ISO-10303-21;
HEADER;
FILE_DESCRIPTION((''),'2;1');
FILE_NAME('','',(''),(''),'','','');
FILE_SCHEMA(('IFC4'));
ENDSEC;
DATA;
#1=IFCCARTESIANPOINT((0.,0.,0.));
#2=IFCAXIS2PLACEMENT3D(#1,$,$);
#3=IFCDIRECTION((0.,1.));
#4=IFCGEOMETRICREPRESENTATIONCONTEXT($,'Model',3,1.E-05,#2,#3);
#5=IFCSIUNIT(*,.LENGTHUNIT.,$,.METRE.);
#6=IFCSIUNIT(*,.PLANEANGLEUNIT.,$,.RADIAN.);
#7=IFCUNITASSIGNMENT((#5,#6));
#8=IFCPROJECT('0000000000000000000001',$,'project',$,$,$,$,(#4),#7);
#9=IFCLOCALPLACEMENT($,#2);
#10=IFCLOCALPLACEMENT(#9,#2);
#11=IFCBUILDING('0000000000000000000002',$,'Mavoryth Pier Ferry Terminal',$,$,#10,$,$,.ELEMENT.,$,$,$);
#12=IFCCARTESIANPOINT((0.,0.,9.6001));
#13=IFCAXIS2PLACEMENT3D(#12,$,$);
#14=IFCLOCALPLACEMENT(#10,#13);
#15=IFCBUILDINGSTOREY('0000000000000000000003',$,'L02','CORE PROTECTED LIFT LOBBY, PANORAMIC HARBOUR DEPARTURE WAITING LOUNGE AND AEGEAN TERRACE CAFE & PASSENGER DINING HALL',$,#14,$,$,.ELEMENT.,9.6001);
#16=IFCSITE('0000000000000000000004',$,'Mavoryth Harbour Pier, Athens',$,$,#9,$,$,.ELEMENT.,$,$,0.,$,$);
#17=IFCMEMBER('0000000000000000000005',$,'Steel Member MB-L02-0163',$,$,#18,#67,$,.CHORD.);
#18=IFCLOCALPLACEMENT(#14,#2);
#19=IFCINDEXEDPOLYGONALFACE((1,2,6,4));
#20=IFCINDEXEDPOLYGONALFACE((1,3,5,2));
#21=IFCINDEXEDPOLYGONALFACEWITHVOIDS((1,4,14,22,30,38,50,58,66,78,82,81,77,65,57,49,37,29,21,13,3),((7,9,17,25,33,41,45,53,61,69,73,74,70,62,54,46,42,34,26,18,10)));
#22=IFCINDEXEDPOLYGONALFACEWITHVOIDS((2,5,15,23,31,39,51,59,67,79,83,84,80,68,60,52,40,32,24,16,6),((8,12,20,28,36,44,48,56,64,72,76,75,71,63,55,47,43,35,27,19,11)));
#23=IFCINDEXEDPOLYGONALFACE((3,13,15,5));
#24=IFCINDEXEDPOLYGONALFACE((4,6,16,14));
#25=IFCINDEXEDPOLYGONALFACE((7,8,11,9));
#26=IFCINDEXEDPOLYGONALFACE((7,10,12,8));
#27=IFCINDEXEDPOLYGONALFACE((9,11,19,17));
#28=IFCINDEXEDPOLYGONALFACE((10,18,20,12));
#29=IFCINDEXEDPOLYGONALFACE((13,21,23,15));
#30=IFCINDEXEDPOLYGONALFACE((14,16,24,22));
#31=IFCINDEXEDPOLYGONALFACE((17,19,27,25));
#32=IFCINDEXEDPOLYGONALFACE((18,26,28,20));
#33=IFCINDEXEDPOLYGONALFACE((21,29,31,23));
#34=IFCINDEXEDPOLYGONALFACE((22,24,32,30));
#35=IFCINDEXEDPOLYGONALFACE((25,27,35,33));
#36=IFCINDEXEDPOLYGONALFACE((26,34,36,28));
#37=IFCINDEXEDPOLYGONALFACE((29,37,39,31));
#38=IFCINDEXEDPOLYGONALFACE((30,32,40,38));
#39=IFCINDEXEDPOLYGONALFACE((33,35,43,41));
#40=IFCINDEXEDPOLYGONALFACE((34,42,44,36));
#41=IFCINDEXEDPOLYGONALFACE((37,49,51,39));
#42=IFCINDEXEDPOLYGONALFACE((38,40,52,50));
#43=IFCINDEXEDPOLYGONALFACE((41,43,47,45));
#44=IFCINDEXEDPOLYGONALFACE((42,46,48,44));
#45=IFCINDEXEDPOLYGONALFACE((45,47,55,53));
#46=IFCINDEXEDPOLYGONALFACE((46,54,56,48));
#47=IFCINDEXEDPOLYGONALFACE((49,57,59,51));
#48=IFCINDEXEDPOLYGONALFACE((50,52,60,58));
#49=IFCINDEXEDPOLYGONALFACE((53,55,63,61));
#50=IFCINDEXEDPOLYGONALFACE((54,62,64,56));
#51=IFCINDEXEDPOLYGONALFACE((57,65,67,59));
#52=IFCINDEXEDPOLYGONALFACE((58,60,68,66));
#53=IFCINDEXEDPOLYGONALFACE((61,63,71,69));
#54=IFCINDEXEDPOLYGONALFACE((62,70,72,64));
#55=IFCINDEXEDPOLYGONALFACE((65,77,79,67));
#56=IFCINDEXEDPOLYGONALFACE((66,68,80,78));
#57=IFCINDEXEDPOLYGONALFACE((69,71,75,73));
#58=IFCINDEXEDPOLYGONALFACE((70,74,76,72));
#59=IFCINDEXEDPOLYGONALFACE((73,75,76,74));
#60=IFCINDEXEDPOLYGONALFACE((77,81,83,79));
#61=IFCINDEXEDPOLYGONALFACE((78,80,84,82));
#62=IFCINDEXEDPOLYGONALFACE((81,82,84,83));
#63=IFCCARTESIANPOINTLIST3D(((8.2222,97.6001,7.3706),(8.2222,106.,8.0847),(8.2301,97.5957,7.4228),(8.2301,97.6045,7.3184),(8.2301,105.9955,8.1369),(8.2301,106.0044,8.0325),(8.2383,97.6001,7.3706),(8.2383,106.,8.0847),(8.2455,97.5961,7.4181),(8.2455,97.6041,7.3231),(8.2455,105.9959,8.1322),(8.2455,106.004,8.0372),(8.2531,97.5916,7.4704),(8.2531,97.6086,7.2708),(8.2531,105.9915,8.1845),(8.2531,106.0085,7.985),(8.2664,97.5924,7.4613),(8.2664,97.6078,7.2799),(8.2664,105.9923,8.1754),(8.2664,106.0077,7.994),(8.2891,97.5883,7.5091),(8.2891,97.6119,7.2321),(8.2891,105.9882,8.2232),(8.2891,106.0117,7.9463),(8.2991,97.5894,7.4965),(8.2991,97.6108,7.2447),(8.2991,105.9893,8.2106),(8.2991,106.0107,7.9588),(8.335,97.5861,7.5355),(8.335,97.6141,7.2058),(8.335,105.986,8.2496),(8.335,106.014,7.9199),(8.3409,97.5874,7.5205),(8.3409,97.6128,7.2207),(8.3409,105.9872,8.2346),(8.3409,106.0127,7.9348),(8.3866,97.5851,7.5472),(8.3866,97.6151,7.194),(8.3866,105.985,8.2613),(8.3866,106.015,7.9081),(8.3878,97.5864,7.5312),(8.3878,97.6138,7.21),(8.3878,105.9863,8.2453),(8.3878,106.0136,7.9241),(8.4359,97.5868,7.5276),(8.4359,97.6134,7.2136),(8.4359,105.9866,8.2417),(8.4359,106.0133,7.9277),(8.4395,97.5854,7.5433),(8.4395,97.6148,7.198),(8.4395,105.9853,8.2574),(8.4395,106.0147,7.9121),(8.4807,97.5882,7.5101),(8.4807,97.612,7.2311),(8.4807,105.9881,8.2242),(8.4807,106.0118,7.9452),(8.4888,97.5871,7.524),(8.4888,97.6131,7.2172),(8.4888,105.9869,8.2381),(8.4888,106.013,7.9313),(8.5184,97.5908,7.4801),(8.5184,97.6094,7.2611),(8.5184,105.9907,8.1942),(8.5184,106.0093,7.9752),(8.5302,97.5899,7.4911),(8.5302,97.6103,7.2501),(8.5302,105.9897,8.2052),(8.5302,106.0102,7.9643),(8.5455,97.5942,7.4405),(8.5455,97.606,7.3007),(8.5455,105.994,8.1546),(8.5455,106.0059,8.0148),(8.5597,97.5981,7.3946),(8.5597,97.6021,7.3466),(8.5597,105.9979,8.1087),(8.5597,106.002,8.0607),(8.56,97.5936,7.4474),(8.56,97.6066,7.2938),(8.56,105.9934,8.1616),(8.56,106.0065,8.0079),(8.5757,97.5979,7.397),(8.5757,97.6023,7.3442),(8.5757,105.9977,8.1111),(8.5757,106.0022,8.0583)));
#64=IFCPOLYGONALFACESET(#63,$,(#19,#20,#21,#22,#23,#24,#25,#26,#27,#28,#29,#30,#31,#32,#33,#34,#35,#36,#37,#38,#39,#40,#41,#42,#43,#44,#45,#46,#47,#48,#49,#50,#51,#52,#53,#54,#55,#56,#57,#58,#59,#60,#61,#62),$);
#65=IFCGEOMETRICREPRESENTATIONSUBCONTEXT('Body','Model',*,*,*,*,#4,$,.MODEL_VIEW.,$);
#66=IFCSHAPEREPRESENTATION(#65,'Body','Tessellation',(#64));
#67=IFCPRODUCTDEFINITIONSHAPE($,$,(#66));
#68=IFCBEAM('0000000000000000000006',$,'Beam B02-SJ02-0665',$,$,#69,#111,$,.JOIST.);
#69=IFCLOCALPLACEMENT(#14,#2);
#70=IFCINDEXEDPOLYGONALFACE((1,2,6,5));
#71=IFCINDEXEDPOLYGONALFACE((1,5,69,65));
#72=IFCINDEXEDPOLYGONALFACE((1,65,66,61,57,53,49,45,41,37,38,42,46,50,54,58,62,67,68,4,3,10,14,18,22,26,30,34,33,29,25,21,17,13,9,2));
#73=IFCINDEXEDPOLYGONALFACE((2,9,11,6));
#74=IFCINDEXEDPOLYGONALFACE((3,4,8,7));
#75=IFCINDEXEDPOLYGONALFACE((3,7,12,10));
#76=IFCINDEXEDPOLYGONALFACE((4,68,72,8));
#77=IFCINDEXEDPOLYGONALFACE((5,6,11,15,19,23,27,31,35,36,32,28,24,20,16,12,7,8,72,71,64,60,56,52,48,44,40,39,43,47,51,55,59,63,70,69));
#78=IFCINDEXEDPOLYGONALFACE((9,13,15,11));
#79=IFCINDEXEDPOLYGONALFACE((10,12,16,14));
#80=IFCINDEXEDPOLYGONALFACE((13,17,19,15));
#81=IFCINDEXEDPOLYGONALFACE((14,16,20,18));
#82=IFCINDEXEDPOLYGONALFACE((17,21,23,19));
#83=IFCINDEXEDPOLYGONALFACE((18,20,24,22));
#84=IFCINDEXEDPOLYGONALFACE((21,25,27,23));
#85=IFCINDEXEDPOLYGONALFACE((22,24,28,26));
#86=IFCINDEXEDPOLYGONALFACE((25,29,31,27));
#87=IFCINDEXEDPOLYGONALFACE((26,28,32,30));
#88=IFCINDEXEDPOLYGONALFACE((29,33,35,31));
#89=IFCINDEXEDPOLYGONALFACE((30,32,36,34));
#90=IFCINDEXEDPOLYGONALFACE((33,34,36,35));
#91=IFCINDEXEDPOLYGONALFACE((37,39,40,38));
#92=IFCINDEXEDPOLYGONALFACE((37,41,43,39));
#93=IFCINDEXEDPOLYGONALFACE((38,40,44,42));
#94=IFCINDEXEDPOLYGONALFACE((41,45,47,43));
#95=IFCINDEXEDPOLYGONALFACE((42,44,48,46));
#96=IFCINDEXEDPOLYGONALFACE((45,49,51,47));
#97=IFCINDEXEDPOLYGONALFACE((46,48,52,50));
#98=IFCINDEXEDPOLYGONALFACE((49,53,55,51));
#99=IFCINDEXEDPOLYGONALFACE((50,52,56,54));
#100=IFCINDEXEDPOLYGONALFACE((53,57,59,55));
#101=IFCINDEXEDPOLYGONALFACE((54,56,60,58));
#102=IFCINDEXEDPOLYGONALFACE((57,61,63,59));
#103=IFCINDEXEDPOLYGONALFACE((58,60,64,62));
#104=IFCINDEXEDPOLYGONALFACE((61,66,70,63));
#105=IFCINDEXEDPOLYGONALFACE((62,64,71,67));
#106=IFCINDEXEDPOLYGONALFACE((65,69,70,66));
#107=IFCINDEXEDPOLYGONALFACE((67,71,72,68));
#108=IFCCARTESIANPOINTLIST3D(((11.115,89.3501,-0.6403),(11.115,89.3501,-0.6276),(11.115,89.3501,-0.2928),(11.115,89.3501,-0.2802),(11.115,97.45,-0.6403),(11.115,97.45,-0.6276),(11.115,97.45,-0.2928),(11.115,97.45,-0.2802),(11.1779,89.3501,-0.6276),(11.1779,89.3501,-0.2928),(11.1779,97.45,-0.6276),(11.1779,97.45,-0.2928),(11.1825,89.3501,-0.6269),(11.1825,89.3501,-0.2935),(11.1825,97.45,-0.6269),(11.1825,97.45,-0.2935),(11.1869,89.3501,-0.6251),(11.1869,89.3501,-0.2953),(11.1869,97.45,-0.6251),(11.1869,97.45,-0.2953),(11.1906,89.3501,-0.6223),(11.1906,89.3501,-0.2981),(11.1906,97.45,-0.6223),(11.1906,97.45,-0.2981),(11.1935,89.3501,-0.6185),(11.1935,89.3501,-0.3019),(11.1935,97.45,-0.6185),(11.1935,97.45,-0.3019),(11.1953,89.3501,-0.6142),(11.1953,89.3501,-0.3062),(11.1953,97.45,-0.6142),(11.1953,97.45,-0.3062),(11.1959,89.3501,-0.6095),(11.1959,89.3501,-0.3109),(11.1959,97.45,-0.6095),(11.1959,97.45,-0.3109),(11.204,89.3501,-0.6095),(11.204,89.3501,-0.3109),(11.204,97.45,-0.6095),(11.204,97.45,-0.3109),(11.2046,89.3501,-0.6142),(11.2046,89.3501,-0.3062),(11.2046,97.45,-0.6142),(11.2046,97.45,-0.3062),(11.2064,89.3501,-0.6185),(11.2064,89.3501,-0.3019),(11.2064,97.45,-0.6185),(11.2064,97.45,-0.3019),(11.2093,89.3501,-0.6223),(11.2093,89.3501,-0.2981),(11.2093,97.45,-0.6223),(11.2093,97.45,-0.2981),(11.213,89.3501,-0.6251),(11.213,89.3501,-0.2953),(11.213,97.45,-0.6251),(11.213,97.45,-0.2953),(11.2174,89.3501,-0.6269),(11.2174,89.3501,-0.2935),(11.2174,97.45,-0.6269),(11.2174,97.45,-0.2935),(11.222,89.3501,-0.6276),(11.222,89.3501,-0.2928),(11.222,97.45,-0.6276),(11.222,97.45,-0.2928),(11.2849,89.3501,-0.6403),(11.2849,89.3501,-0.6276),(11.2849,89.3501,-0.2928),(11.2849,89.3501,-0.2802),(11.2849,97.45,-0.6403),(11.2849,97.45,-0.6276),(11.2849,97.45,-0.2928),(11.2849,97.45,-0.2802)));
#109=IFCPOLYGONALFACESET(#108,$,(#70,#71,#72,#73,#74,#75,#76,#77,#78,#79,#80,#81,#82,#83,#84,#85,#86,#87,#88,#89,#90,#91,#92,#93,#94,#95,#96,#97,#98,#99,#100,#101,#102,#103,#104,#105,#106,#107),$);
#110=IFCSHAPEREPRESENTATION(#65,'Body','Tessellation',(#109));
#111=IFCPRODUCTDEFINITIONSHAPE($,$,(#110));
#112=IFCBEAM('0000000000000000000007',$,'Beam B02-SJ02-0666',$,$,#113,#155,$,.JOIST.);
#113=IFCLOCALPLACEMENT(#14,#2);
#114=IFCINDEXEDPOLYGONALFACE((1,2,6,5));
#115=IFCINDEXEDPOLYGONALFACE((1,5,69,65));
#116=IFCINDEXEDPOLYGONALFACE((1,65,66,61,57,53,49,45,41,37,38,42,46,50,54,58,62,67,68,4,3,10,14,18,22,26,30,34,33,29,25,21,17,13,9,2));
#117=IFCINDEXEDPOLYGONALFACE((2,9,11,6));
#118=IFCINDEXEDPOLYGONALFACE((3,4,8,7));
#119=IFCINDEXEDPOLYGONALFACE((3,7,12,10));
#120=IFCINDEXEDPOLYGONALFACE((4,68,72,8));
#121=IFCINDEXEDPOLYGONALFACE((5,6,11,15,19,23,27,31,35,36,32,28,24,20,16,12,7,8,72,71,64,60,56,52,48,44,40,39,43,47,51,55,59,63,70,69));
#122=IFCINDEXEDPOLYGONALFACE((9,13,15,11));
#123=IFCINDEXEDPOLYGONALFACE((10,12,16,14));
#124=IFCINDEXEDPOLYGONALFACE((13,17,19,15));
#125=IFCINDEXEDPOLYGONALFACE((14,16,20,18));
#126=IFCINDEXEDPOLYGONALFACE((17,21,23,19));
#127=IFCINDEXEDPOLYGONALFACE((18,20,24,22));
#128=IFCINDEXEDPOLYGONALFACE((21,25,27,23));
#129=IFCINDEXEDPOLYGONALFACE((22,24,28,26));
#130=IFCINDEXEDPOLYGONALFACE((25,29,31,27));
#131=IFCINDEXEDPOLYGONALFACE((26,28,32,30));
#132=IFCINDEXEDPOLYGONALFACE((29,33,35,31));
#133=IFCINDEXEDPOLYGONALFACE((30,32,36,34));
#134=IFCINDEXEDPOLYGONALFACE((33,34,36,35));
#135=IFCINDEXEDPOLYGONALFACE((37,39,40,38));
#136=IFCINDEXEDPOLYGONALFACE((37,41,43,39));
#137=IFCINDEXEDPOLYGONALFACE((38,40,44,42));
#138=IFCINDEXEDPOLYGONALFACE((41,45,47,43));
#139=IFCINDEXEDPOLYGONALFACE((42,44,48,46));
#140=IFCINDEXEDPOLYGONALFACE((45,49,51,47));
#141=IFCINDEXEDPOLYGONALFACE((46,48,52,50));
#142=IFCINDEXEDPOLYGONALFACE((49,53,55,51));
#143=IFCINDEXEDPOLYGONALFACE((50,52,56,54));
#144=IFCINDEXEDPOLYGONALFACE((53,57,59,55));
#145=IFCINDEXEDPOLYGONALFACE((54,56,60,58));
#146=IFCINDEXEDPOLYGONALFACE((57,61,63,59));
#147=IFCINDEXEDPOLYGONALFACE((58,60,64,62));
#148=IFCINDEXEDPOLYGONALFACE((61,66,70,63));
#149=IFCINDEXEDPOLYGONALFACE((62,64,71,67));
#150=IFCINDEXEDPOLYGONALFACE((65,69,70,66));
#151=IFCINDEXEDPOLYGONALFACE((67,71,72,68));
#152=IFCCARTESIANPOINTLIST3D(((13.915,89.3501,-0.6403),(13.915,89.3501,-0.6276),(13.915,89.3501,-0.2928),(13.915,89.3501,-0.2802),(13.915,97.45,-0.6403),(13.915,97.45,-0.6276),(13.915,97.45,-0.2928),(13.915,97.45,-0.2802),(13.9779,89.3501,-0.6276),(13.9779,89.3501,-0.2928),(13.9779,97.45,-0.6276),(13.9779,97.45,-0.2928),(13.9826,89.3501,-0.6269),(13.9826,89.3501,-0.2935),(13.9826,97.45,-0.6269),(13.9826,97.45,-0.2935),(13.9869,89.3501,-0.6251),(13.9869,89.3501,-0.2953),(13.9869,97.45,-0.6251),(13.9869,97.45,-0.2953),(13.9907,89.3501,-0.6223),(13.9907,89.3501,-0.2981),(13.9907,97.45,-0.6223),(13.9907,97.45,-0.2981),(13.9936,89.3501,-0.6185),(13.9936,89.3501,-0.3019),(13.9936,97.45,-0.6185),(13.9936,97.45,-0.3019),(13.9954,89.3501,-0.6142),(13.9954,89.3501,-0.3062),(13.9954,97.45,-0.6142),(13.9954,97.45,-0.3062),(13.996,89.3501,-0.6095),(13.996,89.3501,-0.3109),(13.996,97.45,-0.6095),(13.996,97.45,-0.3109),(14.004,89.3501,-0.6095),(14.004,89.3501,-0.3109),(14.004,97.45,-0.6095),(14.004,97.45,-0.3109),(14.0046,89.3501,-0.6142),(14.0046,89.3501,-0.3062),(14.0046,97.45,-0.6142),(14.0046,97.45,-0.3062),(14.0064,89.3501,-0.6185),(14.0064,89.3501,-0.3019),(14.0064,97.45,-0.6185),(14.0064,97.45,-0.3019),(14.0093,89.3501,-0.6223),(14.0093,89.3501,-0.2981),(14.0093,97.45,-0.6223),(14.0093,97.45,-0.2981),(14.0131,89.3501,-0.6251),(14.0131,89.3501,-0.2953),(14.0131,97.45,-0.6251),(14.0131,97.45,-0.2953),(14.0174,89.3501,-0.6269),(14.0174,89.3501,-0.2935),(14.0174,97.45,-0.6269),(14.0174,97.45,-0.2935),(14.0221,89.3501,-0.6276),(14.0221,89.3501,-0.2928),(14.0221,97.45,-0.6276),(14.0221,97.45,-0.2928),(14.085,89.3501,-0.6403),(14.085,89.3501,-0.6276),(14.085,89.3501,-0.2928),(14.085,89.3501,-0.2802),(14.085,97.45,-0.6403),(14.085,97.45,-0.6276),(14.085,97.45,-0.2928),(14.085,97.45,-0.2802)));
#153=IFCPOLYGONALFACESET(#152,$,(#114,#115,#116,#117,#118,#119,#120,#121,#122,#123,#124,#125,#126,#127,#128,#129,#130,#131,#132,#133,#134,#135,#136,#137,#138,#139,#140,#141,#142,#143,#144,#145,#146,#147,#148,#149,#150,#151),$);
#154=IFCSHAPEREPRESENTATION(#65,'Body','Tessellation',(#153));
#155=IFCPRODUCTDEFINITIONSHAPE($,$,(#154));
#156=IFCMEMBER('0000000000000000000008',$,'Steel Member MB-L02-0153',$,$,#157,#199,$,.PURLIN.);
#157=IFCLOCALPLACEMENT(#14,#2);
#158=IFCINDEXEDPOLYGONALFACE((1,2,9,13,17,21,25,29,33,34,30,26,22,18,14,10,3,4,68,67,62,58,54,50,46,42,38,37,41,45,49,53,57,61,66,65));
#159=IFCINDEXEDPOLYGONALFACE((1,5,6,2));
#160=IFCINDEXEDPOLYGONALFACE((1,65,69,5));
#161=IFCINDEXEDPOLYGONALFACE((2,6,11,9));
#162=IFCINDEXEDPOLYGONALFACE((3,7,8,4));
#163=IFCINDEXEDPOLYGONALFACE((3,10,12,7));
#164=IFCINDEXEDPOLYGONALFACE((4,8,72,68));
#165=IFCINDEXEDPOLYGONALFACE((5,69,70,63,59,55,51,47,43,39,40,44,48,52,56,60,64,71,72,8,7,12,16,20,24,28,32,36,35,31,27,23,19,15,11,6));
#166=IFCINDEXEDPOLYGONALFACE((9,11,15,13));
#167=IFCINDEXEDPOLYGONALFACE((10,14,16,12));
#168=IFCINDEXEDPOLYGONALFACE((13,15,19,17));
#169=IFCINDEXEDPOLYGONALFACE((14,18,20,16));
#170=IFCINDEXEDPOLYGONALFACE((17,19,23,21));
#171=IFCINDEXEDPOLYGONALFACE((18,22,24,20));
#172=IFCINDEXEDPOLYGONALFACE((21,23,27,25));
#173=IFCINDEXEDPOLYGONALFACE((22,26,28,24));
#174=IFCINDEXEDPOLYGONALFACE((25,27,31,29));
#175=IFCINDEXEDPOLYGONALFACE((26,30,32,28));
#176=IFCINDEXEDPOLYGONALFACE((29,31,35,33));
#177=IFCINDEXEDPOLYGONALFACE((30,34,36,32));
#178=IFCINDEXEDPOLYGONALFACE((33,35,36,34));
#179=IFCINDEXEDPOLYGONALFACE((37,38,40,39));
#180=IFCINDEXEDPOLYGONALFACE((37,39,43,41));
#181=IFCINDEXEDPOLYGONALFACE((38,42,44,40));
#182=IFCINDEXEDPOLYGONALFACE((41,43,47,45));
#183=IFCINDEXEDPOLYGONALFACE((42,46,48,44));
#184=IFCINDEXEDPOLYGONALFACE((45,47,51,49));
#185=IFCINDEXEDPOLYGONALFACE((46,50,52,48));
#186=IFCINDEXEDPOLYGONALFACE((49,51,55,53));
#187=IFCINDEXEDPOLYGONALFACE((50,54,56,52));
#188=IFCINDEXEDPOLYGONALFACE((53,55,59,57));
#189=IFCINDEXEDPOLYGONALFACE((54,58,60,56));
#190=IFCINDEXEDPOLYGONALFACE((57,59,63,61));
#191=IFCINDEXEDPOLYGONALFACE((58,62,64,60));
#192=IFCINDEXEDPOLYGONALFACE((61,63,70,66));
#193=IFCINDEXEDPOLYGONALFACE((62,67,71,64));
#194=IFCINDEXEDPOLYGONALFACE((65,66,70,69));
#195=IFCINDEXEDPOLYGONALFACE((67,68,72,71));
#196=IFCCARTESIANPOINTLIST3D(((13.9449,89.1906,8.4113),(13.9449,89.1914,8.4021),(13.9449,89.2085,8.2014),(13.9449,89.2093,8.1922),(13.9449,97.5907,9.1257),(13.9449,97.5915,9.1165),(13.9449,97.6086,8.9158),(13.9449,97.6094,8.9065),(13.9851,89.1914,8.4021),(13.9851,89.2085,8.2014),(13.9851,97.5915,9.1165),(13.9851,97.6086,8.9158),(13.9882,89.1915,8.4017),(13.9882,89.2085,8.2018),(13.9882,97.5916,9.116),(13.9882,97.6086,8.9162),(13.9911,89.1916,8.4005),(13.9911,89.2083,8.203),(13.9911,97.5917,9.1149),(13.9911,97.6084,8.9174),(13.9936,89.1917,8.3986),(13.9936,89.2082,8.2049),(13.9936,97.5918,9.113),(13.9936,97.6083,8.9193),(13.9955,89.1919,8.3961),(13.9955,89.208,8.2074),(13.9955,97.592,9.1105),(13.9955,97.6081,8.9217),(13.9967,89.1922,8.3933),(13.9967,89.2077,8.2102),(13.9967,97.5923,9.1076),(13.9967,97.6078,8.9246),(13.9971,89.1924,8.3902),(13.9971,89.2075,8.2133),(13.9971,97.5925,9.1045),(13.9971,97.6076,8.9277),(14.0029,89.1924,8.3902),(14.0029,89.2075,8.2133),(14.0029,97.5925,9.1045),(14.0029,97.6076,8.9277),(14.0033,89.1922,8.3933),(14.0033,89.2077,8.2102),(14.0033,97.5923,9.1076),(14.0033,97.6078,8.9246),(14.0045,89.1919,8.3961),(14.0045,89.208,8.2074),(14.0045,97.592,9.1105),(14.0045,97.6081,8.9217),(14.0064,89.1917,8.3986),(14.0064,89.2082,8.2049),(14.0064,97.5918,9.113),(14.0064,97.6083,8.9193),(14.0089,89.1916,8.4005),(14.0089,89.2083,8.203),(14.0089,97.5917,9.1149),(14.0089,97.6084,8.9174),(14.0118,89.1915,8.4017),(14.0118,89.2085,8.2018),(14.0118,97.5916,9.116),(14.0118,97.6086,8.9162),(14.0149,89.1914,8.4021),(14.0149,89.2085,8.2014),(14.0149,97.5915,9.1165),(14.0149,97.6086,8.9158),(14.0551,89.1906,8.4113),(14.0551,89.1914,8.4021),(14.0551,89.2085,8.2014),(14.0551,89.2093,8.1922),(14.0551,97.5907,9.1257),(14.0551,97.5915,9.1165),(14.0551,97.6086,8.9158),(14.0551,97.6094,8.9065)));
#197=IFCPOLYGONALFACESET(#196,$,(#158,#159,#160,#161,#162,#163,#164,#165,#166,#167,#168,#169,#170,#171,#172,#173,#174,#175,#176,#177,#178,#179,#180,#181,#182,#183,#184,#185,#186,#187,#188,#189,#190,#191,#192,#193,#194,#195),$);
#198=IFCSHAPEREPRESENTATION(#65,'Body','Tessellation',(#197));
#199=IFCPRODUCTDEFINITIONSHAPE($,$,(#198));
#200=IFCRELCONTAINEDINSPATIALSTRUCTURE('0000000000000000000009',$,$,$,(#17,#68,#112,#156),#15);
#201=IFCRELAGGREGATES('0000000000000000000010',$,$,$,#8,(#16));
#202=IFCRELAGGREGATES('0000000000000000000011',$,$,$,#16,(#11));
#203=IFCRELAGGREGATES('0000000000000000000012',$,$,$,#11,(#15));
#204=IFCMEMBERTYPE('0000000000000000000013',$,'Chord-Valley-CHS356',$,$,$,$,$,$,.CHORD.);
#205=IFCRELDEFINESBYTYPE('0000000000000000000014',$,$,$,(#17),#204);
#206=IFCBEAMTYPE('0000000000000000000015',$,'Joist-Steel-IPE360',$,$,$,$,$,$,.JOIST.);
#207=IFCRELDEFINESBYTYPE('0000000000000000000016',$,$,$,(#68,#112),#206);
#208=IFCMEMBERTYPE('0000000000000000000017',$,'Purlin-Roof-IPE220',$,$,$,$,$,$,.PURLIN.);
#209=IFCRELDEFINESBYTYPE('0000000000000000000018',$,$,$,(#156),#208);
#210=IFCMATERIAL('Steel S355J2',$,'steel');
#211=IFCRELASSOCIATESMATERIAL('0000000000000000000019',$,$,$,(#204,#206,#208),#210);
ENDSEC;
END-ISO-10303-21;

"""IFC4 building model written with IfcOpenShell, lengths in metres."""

from ifc_helpers import new_model, si_unit, direction, frame, origin, origin_2d, place, context, subcontext, project, spatial, hollow_circle, i_section, extrude, material, material_profile, profile_set, type_object, element, save


model = new_model("IFC4")

# Units and contexts
model_context = context("Model", 3, precision=1e-05, world=origin(), true_north=direction((0.0, 1.0)))
body_context = subcontext(model_context, "Body", "Model", "MODEL_VIEW")
ifc_project = project(units=[si_unit("LENGTHUNIT", "METRE"), si_unit("PLANEANGLEUNIT", "RADIAN")], contexts=[model_context])

# Site, building, storey
site_placement = place(None, origin())
site = spatial("IfcSite", under=ifc_project, at=site_placement, Name="Mavoryth Harbour Pier, Athens", CompositionType="ELEMENT", RefElevation=0.0)
building_placement = place(site_placement, origin())
building = spatial("IfcBuilding", under=site, at=building_placement, Name="Mavoryth Pier Ferry Terminal", CompositionType="ELEMENT")
storey_placement = place(building_placement, frame((0.0, 0.0, 9.6001)))
storey = spatial("IfcBuildingStorey", under=building, at=storey_placement, Name="L02", Description="CORE PROTECTED LIFT LOBBY, PANORAMIC HARBOUR DEPARTURE WAITING LOUNGE AND AEGEAN TERRACE CAFE & PASSENGER DINING HALL", CompositionType="ELEMENT", Elevation=9.6001)

# Shared definitions
ifc_material_1 = material(Name="Steel S355J2", Category="steel")

# Member
ifc_material_profile_1 = material_profile(ifc_material_1, hollow_circle(Radius=0.1777, WallThickness=0.0161, at=origin_2d()), Name="CHS 355.6x16.0", Category="steel")
ifc_profile_set_1 = profile_set([ifc_material_profile_1], Name="Steel S355J2 - CHS 355.6x16.0")
member_type_1 = type_object("IfcMemberType", Name="Chord-Valley-CHS356", PredefinedType="CHORD", material=ifc_profile_set_1)
member_1_placement = place(storey_placement, frame((8.3999, 97.6001, 7.3706), z_axis=(0.0, 0.996406, 0.084709), x_axis=(-1.0, 0.0, 0.0)))
element("IfcMember", 1, at=member_1_placement, inside=storey, type_object=member_type_1, Name="Steel Member MB-L02-0163", PredefinedType="CHORD", context=body_context, shape_type="SweptSolid", body=[
    extrude(hollow_circle(Radius=0.1777, WallThickness=0.0161, at=origin_2d()), origin(), (0.0, 0.0, 1.0), 8.4302),
])

# Beams
ifc_material_profile_2 = material_profile(ifc_material_1, i_section(OverallWidth=0.1699, OverallDepth=0.3601, WebThickness=0.0081, FlangeThickness=0.0127, FilletRadius=0.0181, at=origin_2d()), Name="IPE 360", Category="steel")
ifc_profile_set_2 = profile_set([ifc_material_profile_2], Name="Steel S355J2 - IPE 360")
beam_type_1 = type_object("IfcBeamType", Name="Joist-Steel-IPE360", PredefinedType="JOIST", material=ifc_profile_set_2)
for number, where, z_axis, x_axis, name in (
    (2, (11.2, 89.3501, -0.4602), (0.0, 1.0, 0.0), (-1.0, 0.0, 0.0), "Beam B02-SJ02-0665"),
    (3, (14.0, 89.3501, -0.4602), (0.0, 1.0, 0.0), (-1.0, 0.0, 0.0), "Beam B02-SJ02-0666"),
):
    element("IfcBeam", number, at=place(storey_placement, frame(where, z_axis=z_axis, x_axis=x_axis)), inside=storey, type_object=beam_type_1, Name=name, PredefinedType="JOIST", context=body_context, shape_type="SweptSolid", body=[
        extrude(i_section(OverallWidth=0.1699, OverallDepth=0.3601, WebThickness=0.0081, FlangeThickness=0.0127, FilletRadius=0.0181, at=origin_2d()), origin(), (0.0, 0.0, 1.0), 8.0999),
    ])

# Member
ifc_material_profile_3 = material_profile(ifc_material_1, i_section(OverallWidth=0.1101, OverallDepth=0.22, WebThickness=0.0059, FlangeThickness=0.0093, FilletRadius=0.012, at=origin_2d()), Name="IPE 220", Category="steel")
ifc_profile_set_3 = profile_set([ifc_material_profile_3], Name="Steel S355J2 - IPE 220")
member_type_2 = type_object("IfcMemberType", Name="Purlin-Roof-IPE220", PredefinedType="PURLIN", material=ifc_profile_set_3)
member_2_placement = place(storey_placement, frame((14.0, 89.2, 8.3018), z_axis=(0.0, 0.996404, 0.084735), x_axis=(-1.0, 0.0, 0.0)))
element("IfcMember", 4, at=member_2_placement, inside=storey, type_object=member_type_2, Name="Steel Member MB-L02-0153", PredefinedType="PURLIN", context=body_context, shape_type="SweptSolid", body=[
    extrude(i_section(OverallWidth=0.1101, OverallDepth=0.22, WebThickness=0.0059, FlangeThickness=0.0093, FilletRadius=0.012, at=origin_2d()), origin(), (0.0, 0.0, 1.0), 8.4304),
])

save(model, "model.ifc")
